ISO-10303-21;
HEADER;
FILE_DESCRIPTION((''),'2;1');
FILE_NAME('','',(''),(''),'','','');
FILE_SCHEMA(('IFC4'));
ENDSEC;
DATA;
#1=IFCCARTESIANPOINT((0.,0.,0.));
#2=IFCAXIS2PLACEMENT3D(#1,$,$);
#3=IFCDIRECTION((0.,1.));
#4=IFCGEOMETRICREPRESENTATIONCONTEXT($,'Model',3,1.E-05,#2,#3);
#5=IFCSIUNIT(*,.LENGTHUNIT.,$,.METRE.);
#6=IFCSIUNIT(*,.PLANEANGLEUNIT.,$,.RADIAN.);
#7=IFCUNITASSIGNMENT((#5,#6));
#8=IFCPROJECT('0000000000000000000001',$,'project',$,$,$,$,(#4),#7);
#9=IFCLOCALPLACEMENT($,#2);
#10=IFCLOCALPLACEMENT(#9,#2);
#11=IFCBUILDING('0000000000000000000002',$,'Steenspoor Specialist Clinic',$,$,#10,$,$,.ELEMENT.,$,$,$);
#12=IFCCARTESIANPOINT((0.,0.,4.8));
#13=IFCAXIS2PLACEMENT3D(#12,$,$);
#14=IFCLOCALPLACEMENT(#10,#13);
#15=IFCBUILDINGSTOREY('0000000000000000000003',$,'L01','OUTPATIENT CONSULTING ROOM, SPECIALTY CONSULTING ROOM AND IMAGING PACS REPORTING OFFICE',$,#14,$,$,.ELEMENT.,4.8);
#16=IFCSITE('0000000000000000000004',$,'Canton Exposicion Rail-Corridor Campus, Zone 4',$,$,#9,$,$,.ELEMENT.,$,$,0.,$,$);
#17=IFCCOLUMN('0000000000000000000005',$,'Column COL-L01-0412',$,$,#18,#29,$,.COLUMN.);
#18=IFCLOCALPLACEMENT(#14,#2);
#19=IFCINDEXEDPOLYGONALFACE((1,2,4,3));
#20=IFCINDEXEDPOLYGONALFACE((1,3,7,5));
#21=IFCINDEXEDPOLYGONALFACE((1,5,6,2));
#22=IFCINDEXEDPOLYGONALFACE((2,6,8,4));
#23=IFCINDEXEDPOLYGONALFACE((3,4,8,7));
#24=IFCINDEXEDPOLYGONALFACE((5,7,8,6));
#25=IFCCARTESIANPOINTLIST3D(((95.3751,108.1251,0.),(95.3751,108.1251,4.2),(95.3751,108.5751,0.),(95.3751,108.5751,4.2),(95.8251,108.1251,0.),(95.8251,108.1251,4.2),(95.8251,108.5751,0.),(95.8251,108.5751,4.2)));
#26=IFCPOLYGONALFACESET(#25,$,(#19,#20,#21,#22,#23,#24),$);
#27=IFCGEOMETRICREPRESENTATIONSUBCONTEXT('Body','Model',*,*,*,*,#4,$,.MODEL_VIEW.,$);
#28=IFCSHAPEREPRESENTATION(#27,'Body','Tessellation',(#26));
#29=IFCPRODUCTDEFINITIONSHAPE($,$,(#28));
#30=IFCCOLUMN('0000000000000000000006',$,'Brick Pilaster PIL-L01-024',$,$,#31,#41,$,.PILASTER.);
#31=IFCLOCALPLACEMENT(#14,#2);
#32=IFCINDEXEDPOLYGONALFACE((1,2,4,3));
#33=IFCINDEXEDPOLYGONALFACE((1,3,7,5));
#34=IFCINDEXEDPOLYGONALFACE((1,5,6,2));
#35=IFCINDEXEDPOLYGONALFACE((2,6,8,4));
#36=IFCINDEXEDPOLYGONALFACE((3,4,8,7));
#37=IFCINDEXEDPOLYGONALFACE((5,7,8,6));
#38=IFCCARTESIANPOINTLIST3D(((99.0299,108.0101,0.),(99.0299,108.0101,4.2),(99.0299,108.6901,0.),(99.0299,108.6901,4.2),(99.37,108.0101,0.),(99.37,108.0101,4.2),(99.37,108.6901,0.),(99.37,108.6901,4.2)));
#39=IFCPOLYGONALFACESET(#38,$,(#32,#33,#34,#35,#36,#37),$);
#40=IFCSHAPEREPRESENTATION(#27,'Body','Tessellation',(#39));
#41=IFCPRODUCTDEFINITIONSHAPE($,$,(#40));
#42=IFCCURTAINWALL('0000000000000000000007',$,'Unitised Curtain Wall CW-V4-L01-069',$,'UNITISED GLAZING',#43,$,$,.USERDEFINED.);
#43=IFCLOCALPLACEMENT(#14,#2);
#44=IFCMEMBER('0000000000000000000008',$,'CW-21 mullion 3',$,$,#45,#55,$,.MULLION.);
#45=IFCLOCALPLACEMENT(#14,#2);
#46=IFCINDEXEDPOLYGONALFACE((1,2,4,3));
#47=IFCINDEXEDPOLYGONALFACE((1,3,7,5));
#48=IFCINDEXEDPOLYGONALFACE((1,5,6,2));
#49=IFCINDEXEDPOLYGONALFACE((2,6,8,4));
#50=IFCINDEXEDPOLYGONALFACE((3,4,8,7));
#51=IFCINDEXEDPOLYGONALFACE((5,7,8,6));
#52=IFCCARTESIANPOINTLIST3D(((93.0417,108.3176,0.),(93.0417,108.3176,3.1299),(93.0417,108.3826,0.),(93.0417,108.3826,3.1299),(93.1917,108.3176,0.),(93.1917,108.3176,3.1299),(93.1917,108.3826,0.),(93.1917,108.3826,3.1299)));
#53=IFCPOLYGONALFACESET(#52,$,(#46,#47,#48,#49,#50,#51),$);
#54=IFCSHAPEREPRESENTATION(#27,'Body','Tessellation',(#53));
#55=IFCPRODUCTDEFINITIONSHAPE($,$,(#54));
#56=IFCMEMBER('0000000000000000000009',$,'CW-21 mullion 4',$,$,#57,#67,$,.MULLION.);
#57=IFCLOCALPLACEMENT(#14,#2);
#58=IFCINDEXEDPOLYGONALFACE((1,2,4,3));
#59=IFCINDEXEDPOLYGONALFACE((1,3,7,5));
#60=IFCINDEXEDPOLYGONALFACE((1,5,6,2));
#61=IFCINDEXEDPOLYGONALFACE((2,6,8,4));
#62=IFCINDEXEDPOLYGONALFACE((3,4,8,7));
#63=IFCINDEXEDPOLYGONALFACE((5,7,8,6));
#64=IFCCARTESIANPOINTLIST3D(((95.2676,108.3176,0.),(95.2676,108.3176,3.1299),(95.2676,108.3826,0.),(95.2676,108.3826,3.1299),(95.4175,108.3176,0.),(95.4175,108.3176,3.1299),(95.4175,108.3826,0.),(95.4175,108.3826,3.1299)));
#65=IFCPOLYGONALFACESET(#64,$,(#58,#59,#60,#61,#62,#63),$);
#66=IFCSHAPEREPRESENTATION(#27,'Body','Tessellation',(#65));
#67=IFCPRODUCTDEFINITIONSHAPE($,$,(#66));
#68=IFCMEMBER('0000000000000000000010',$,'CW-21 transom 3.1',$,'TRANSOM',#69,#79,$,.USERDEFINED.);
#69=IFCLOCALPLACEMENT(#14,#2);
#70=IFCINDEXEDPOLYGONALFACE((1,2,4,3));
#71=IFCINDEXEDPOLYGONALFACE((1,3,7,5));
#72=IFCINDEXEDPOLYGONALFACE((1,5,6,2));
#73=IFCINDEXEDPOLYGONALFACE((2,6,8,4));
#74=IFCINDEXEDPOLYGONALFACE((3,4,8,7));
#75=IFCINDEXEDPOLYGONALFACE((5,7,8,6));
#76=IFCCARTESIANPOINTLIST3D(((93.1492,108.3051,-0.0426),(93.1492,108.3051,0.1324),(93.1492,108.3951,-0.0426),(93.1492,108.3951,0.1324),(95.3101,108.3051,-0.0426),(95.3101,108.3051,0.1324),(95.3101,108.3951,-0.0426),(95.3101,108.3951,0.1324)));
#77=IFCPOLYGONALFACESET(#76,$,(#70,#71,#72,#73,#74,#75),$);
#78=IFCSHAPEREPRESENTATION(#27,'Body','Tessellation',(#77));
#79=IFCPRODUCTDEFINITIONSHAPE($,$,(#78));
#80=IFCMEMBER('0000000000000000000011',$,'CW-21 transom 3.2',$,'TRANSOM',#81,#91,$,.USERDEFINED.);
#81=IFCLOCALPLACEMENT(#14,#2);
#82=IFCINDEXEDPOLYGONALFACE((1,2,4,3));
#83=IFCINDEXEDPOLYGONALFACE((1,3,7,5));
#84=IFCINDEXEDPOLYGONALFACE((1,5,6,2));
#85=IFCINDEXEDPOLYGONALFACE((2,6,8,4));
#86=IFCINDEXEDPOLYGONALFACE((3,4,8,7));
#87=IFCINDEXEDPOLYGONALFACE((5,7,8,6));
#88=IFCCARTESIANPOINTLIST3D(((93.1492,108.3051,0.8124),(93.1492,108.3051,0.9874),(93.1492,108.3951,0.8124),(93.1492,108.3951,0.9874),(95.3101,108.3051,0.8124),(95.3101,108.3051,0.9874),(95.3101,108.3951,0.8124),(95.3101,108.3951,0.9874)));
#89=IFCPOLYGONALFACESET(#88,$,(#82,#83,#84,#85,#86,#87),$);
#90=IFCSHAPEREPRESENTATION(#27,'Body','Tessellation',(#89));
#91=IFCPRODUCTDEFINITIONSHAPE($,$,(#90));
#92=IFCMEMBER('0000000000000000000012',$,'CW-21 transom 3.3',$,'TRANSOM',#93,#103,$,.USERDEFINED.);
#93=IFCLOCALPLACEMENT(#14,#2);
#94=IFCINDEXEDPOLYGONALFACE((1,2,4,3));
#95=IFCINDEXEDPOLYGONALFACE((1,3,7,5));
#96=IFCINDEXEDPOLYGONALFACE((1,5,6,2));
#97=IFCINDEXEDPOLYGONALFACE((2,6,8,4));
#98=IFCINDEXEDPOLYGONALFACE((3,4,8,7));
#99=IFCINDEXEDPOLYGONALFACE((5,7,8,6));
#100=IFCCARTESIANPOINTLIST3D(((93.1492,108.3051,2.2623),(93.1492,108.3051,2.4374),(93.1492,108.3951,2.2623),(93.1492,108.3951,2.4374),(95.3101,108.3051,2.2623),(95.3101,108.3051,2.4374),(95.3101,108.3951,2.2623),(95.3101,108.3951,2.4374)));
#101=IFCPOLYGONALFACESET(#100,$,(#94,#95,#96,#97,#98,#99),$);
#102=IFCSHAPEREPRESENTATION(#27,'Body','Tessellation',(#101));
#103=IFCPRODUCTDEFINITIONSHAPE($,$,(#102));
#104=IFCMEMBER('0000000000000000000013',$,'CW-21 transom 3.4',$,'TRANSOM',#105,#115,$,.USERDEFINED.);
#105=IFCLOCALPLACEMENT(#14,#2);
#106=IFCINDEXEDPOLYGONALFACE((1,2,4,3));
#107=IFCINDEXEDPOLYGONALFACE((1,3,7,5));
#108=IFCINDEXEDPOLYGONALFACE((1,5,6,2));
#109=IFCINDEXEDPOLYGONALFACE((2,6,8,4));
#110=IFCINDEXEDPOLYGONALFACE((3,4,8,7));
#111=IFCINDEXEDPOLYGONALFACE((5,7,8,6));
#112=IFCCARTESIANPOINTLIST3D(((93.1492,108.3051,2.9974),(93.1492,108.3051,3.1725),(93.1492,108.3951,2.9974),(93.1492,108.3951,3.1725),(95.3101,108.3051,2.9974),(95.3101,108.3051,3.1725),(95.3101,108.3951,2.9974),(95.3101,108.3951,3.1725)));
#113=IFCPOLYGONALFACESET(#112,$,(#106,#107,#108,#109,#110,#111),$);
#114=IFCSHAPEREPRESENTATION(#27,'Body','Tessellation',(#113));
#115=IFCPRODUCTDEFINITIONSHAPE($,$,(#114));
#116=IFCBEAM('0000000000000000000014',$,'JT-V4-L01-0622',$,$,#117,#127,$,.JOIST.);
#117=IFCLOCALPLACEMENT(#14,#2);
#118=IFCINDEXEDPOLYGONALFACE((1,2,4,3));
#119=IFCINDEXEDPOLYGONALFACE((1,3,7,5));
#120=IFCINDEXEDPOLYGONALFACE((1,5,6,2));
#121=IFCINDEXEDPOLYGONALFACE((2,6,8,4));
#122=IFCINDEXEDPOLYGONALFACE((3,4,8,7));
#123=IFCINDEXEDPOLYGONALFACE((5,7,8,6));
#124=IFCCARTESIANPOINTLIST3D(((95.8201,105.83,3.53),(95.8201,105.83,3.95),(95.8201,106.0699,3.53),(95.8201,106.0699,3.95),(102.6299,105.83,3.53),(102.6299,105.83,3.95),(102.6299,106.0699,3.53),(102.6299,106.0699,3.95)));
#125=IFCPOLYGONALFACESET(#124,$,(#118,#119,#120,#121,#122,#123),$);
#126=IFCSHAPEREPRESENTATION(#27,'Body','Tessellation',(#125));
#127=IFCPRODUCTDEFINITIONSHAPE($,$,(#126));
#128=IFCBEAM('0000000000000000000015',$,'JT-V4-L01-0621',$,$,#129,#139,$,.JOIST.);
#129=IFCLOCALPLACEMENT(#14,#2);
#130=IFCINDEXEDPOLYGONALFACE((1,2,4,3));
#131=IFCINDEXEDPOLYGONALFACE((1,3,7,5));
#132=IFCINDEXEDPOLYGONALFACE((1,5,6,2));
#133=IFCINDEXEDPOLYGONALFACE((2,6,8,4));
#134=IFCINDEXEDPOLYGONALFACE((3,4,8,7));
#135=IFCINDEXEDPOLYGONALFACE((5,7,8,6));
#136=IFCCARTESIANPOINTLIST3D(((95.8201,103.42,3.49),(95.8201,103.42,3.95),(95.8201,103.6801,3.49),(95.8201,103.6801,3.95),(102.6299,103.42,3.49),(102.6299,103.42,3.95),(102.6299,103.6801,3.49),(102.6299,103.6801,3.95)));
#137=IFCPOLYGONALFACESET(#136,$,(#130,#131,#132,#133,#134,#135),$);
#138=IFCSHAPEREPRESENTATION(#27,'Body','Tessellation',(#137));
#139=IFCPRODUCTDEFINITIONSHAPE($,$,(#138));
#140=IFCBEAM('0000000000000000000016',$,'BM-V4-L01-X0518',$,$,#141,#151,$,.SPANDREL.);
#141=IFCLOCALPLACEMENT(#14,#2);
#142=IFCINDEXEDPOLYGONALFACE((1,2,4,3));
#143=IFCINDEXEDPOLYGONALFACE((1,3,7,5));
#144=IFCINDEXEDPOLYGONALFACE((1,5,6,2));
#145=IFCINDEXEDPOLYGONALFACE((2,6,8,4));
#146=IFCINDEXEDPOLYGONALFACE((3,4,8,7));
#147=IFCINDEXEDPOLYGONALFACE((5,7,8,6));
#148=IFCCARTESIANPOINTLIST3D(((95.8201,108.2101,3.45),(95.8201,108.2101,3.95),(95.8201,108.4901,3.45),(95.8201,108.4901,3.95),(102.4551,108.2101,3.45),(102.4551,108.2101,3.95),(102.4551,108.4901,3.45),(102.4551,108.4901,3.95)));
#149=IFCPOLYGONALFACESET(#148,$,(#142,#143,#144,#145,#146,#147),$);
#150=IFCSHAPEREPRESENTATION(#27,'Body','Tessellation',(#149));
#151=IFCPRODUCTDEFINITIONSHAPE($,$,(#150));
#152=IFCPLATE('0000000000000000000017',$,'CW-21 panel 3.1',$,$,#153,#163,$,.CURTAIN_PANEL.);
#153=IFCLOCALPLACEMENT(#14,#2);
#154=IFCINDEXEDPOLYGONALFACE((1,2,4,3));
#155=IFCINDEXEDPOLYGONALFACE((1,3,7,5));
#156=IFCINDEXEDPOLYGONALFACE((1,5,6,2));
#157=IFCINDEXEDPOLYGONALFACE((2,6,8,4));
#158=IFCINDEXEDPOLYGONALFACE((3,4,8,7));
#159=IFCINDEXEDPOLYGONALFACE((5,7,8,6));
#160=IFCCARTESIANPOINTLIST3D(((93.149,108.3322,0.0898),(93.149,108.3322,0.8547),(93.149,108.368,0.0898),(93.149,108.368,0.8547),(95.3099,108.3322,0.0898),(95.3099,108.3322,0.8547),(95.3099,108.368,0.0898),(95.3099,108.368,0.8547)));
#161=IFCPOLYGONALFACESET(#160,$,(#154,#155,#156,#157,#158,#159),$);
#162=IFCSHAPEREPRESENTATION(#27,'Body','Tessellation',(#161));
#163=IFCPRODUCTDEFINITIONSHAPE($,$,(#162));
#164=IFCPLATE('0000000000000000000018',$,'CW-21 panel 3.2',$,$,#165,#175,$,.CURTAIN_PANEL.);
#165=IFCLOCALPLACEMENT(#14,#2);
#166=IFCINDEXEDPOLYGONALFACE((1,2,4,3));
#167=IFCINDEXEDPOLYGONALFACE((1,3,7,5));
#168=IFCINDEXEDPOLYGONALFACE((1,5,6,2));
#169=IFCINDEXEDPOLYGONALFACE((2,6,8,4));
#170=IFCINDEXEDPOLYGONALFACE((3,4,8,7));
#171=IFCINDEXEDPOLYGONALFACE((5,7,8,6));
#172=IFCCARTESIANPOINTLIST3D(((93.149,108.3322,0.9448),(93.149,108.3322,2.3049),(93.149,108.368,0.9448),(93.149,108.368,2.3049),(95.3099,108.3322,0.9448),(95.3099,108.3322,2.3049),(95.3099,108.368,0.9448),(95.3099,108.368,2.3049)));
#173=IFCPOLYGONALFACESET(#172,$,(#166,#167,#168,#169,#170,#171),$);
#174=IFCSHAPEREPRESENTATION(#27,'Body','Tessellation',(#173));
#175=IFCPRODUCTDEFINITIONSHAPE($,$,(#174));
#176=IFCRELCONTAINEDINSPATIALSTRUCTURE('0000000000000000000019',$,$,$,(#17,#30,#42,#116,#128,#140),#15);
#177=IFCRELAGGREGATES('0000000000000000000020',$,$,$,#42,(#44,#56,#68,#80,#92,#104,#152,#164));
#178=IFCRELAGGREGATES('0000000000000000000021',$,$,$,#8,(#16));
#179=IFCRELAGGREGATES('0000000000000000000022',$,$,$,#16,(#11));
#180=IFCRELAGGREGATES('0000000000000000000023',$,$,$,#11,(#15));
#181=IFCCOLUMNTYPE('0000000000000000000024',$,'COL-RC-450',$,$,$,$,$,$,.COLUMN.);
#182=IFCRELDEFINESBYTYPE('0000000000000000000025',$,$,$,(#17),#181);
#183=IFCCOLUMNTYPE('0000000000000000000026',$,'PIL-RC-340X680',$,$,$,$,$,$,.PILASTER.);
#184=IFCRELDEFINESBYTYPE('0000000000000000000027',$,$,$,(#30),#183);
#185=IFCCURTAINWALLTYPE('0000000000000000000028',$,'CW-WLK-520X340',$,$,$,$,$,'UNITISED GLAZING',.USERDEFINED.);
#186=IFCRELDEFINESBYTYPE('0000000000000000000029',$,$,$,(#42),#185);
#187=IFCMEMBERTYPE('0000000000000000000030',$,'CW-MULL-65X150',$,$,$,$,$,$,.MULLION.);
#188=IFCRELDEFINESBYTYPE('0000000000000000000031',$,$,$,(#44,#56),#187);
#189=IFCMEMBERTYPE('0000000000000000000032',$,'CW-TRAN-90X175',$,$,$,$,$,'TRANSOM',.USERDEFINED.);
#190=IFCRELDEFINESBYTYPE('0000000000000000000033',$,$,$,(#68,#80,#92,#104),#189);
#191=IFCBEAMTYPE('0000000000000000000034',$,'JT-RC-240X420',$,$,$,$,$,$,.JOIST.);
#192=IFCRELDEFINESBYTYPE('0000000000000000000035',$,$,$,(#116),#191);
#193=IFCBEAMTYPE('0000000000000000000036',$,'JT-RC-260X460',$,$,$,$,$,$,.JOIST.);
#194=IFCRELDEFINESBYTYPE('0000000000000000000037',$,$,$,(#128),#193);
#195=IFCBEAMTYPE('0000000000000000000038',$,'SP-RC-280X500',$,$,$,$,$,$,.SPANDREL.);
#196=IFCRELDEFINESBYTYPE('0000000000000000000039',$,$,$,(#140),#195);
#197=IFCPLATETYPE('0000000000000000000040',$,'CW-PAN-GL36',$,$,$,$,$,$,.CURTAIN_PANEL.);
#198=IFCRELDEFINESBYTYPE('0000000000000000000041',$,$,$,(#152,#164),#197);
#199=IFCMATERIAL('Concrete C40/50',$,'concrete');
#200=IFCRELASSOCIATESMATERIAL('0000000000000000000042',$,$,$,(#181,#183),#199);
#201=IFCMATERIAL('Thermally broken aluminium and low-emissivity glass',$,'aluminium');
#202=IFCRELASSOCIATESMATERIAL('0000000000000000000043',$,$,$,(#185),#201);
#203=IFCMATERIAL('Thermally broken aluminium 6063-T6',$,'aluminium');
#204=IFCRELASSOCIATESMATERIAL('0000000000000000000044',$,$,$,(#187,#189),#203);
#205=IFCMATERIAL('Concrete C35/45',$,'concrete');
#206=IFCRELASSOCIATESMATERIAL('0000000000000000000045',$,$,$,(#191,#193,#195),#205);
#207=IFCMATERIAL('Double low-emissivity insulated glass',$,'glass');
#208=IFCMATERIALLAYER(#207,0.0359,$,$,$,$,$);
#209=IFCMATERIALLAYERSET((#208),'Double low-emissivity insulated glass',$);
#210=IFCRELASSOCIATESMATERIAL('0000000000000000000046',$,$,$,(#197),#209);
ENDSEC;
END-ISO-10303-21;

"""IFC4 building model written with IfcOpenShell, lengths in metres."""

from ifc_helpers import new_model, si_unit, direction, frame, origin, origin_2d, place, context, subcontext, project, spatial, rectangle, extrude, material, layer, layer_set, material_profile, profile_set, type_object, element, aggregate, save


model = new_model("IFC4")

# Units and contexts
model_context = context("Model", 3, precision=1e-05, world=origin(), true_north=direction((0.0, 1.0)))
body_context = subcontext(model_context, "Body", "Model", "MODEL_VIEW")
ifc_project = project(units=[si_unit("LENGTHUNIT", "METRE"), si_unit("PLANEANGLEUNIT", "RADIAN")], contexts=[model_context])

# Site, building, storey
site_placement = place(None, origin())
site = spatial("IfcSite", under=ifc_project, at=site_placement, Name="Canton Exposicion Rail-Corridor Campus, Zone 4", CompositionType="ELEMENT", RefElevation=0.0)
building_placement = place(site_placement, origin())
building = spatial("IfcBuilding", under=site, at=building_placement, Name="Steenspoor Specialist Clinic", CompositionType="ELEMENT")
storey_placement = place(building_placement, frame((0.0, 0.0, 4.8)))
storey = spatial("IfcBuildingStorey", under=building, at=storey_placement, Name="L01", Description="OUTPATIENT CONSULTING ROOM, SPECIALTY CONSULTING ROOM AND IMAGING PACS REPORTING OFFICE", CompositionType="ELEMENT", Elevation=4.8)

# Columns
ifc_material_1 = material(Name="Concrete C40/50", Category="concrete")
ifc_material_profile_1 = material_profile(ifc_material_1, rectangle(XDim=0.45, YDim=0.45, at=origin_2d()), Name="RC-COL-450X450")
ifc_profile_set_1 = profile_set([ifc_material_profile_1], Name="Concrete C40/50")
column_type_1 = type_object("IfcColumnType", Name="COL-RC-450", PredefinedType="COLUMN", material=ifc_profile_set_1)
column_1_placement = place(storey_placement, frame((95.6001, 108.3501, 0.0), z_axis=(0.0, 0.0, 1.0), x_axis=(1.0, 0.0, 0.0)))
element("IfcColumn", 1, at=column_1_placement, inside=storey, type_object=column_type_1, Name="Column COL-L01-0412", PredefinedType="COLUMN", context=body_context, shape_type="SweptSolid", body=[
    extrude(rectangle(XDim=0.45, YDim=0.45, at=origin_2d()), origin(), (0.0, 0.0, 1.0), 4.2),
])
ifc_material_profile_2 = material_profile(ifc_material_1, rectangle(XDim=0.3401, YDim=0.6799, at=origin_2d()), Name="RC-PIL-340X680")
ifc_profile_set_2 = profile_set([ifc_material_profile_2], Name="Concrete C40/50")
column_type_2 = type_object("IfcColumnType", Name="PIL-RC-340X680", PredefinedType="PILASTER", material=ifc_profile_set_2)
column_2_placement = place(storey_placement, frame((99.2, 108.3501, 0.0), z_axis=(0.0, 0.0, 1.0), x_axis=(1.0, 0.0, 0.0)))
element("IfcColumn", 2, at=column_2_placement, inside=storey, type_object=column_type_2, Name="Brick Pilaster PIL-L01-024", PredefinedType="PILASTER", context=body_context, shape_type="SweptSolid", body=[
    extrude(rectangle(XDim=0.3401, YDim=0.6799, at=origin_2d()), origin(), (0.0, 0.0, 1.0), 4.2),
])

# Curtain wall, members
ifc_material_2 = material(Name="Thermally broken aluminium and low-emissivity glass", Category="aluminium")
curtain_wall_type = type_object("IfcCurtainWallType", Name="CW-WLK-520X340", ElementType="UNITISED GLAZING", PredefinedType="USERDEFINED", material=ifc_material_2)
curtain_wall_placement = place(storey_placement, origin())
curtain_wall = element("IfcCurtainWall", 3, at=curtain_wall_placement, inside=storey, type_object=curtain_wall_type, Name="Unitised Curtain Wall CW-V4-L01-069", ObjectType="UNITISED GLAZING", PredefinedType="USERDEFINED")
ifc_material_3 = material(Name="Thermally broken aluminium 6063-T6", Category="aluminium")
ifc_material_profile_3 = material_profile(ifc_material_3, rectangle(XDim=0.0649, YDim=0.1499, at=origin_2d()), Name="CWM-65X150")
ifc_profile_set_3 = profile_set([ifc_material_profile_3], Name="Thermally broken aluminium 6063-T6")
member_type_1 = type_object("IfcMemberType", Name="CW-MULL-65X150", PredefinedType="MULLION", material=ifc_profile_set_3)
member_1_placement = place(storey_placement, frame((93.1167, 108.3501, 0.0), z_axis=(0.0, 0.0, 1.0), x_axis=(0.0, 1.0, 0.0)))
member_1 = element("IfcMember", 4, at=member_1_placement, type_object=member_type_1, Name="CW-21 mullion 3", PredefinedType="MULLION", context=body_context, shape_type="SweptSolid", body=[
    extrude(rectangle(XDim=0.0649, YDim=0.1499, at=origin_2d()), origin(), (0.0, 0.0, 1.0), 3.1299),
])
member_2_placement = place(storey_placement, frame((95.3425, 108.3501, 0.0), z_axis=(0.0, 0.0, 1.0), x_axis=(0.0, 1.0, 0.0)))
member_2 = element("IfcMember", 5, at=member_2_placement, type_object=member_type_1, Name="CW-21 mullion 4", PredefinedType="MULLION", context=body_context, shape_type="SweptSolid", body=[
    extrude(rectangle(XDim=0.0649, YDim=0.1499, at=origin_2d()), origin(), (0.0, 0.0, 1.0), 3.1299),
])
ifc_material_profile_4 = material_profile(ifc_material_3, rectangle(XDim=0.0901, YDim=0.175, at=origin_2d()), Name="CWT-90X175")
ifc_profile_set_4 = profile_set([ifc_material_profile_4], Name="Thermally broken aluminium 6063-T6")
member_type_2 = type_object("IfcMemberType", Name="CW-TRAN-90X175", ElementType="TRANSOM", PredefinedType="USERDEFINED", material=ifc_profile_set_4)
member_3_placement = place(storey_placement, frame((93.1492, 108.3501, 0.0449), z_axis=(1.0, 0.0, 0.0), x_axis=(0.0, 1.0, 0.0)))
member_3 = element("IfcMember", 6, at=member_3_placement, type_object=member_type_2, Name="CW-21 transom 3.1", ObjectType="TRANSOM", PredefinedType="USERDEFINED", context=body_context, shape_type="SweptSolid", body=[
    extrude(rectangle(XDim=0.0901, YDim=0.175, at=origin_2d()), origin(), (0.0, 0.0, 1.0), 2.1609),
])
member_4_placement = place(storey_placement, frame((93.1492, 108.3501, 0.8999), z_axis=(1.0, 0.0, 0.0), x_axis=(0.0, 1.0, 0.0)))
member_4 = element("IfcMember", 7, at=member_4_placement, type_object=member_type_2, Name="CW-21 transom 3.2", ObjectType="TRANSOM", PredefinedType="USERDEFINED", context=body_context, shape_type="SweptSolid", body=[
    extrude(rectangle(XDim=0.0901, YDim=0.175, at=origin_2d()), origin(), (0.0, 0.0, 1.0), 2.1609),
])
member_5_placement = place(storey_placement, frame((93.1492, 108.3501, 2.3499), z_axis=(1.0, 0.0, 0.0), x_axis=(0.0, 1.0, 0.0)))
member_5 = element("IfcMember", 8, at=member_5_placement, type_object=member_type_2, Name="CW-21 transom 3.3", ObjectType="TRANSOM", PredefinedType="USERDEFINED", context=body_context, shape_type="SweptSolid", body=[
    extrude(rectangle(XDim=0.0901, YDim=0.175, at=origin_2d()), origin(), (0.0, 0.0, 1.0), 2.1609),
])
member_6_placement = place(storey_placement, frame((93.1492, 108.3501, 3.085), z_axis=(1.0, 0.0, 0.0), x_axis=(0.0, 1.0, 0.0)))
member_6 = element("IfcMember", 9, at=member_6_placement, type_object=member_type_2, Name="CW-21 transom 3.4", ObjectType="TRANSOM", PredefinedType="USERDEFINED", context=body_context, shape_type="SweptSolid", body=[
    extrude(rectangle(XDim=0.0901, YDim=0.175, at=origin_2d()), origin(), (0.0, 0.0, 1.0), 2.1609),
])

# Beams
ifc_material_4 = material(Name="Concrete C35/45", Category="concrete")
ifc_material_profile_5 = material_profile(ifc_material_4, rectangle(XDim=0.24, YDim=0.4199, at=origin_2d()), Name="RC-JT-240X420")
ifc_profile_set_5 = profile_set([ifc_material_profile_5], Name="Concrete C35/45")
beam_type_1 = type_object("IfcBeamType", Name="JT-RC-240X420", PredefinedType="JOIST", material=ifc_profile_set_5)
beam_1_placement = place(storey_placement, frame((95.8201, 105.95, 3.74), z_axis=(1.0, 0.0, 0.0), x_axis=(0.0, 1.0, 0.0)))
element("IfcBeam", 10, at=beam_1_placement, inside=storey, type_object=beam_type_1, Name="JT-V4-L01-0622", PredefinedType="JOIST", context=body_context, shape_type="SweptSolid", body=[
    extrude(rectangle(XDim=0.24, YDim=0.4199, at=origin_2d()), origin(), (0.0, 0.0, 1.0), 6.8098),
])
ifc_material_profile_6 = material_profile(ifc_material_4, rectangle(XDim=0.26, YDim=0.46, at=origin_2d()), Name="RC-JT-260X460")
ifc_profile_set_6 = profile_set([ifc_material_profile_6], Name="Concrete C35/45")
beam_type_2 = type_object("IfcBeamType", Name="JT-RC-260X460", PredefinedType="JOIST", material=ifc_profile_set_6)
beam_2_placement = place(storey_placement, frame((95.8201, 103.55, 3.72), z_axis=(1.0, 0.0, 0.0), x_axis=(0.0, 1.0, 0.0)))
element("IfcBeam", 11, at=beam_2_placement, inside=storey, type_object=beam_type_2, Name="JT-V4-L01-0621", PredefinedType="JOIST", context=body_context, shape_type="SweptSolid", body=[
    extrude(rectangle(XDim=0.26, YDim=0.46, at=origin_2d()), origin(), (0.0, 0.0, 1.0), 6.8098),
])
ifc_material_profile_7 = material_profile(ifc_material_4, rectangle(XDim=0.28, YDim=0.5, at=origin_2d()), Name="RC-SP-280X500")
ifc_profile_set_7 = profile_set([ifc_material_profile_7], Name="Concrete C35/45")
beam_type_3 = type_object("IfcBeamType", Name="SP-RC-280X500", PredefinedType="SPANDREL", material=ifc_profile_set_7)
beam_3_placement = place(storey_placement, frame((95.8201, 108.3501, 3.7), z_axis=(1.0, 0.0, 0.0), x_axis=(0.0, 1.0, 0.0)))
element("IfcBeam", 12, at=beam_3_placement, inside=storey, type_object=beam_type_3, Name="BM-V4-L01-X0518", PredefinedType="SPANDREL", context=body_context, shape_type="SweptSolid", body=[
    extrude(rectangle(XDim=0.28, YDim=0.5, at=origin_2d()), origin(), (0.0, 0.0, 1.0), 6.635),
])

# Plates
ifc_material_5 = material(Name="Double low-emissivity insulated glass", Category="glass")
ifc_layer_1 = layer(ifc_material_5, 0.0359)
ifc_layer_set_1 = layer_set([ifc_layer_1], Name="Double low-emissivity insulated glass")
plate_type = type_object("IfcPlateType", Name="CW-PAN-GL36", PredefinedType="CURTAIN_PANEL", material=ifc_layer_set_1)
plate_1_placement = place(storey_placement, frame((94.2295, 108.3501, 0.0898), z_axis=(0.0, 0.0, 1.0), x_axis=(1.0, 0.0, 0.0)))
plate_1 = element("IfcPlate", 13, at=plate_1_placement, type_object=plate_type, Name="CW-21 panel 3.1", PredefinedType="CURTAIN_PANEL", context=body_context, shape_type="SweptSolid", body=[
    extrude(rectangle(XDim=2.1609, YDim=0.0359, at=origin_2d()), origin(), (0.0, 0.0, 1.0), 0.7649),
])
plate_2_placement = place(storey_placement, frame((94.2295, 108.3501, 0.9448), z_axis=(0.0, 0.0, 1.0), x_axis=(1.0, 0.0, 0.0)))
plate_2 = element("IfcPlate", 14, at=plate_2_placement, type_object=plate_type, Name="CW-21 panel 3.2", PredefinedType="CURTAIN_PANEL", context=body_context, shape_type="SweptSolid", body=[
    extrude(rectangle(XDim=2.1609, YDim=0.0359, at=origin_2d()), origin(), (0.0, 0.0, 1.0), 1.3601),
])
aggregate(curtain_wall, [member_1, member_2, member_3, member_4, member_5, member_6, plate_1, plate_2])

save(model, "model.ifc")
